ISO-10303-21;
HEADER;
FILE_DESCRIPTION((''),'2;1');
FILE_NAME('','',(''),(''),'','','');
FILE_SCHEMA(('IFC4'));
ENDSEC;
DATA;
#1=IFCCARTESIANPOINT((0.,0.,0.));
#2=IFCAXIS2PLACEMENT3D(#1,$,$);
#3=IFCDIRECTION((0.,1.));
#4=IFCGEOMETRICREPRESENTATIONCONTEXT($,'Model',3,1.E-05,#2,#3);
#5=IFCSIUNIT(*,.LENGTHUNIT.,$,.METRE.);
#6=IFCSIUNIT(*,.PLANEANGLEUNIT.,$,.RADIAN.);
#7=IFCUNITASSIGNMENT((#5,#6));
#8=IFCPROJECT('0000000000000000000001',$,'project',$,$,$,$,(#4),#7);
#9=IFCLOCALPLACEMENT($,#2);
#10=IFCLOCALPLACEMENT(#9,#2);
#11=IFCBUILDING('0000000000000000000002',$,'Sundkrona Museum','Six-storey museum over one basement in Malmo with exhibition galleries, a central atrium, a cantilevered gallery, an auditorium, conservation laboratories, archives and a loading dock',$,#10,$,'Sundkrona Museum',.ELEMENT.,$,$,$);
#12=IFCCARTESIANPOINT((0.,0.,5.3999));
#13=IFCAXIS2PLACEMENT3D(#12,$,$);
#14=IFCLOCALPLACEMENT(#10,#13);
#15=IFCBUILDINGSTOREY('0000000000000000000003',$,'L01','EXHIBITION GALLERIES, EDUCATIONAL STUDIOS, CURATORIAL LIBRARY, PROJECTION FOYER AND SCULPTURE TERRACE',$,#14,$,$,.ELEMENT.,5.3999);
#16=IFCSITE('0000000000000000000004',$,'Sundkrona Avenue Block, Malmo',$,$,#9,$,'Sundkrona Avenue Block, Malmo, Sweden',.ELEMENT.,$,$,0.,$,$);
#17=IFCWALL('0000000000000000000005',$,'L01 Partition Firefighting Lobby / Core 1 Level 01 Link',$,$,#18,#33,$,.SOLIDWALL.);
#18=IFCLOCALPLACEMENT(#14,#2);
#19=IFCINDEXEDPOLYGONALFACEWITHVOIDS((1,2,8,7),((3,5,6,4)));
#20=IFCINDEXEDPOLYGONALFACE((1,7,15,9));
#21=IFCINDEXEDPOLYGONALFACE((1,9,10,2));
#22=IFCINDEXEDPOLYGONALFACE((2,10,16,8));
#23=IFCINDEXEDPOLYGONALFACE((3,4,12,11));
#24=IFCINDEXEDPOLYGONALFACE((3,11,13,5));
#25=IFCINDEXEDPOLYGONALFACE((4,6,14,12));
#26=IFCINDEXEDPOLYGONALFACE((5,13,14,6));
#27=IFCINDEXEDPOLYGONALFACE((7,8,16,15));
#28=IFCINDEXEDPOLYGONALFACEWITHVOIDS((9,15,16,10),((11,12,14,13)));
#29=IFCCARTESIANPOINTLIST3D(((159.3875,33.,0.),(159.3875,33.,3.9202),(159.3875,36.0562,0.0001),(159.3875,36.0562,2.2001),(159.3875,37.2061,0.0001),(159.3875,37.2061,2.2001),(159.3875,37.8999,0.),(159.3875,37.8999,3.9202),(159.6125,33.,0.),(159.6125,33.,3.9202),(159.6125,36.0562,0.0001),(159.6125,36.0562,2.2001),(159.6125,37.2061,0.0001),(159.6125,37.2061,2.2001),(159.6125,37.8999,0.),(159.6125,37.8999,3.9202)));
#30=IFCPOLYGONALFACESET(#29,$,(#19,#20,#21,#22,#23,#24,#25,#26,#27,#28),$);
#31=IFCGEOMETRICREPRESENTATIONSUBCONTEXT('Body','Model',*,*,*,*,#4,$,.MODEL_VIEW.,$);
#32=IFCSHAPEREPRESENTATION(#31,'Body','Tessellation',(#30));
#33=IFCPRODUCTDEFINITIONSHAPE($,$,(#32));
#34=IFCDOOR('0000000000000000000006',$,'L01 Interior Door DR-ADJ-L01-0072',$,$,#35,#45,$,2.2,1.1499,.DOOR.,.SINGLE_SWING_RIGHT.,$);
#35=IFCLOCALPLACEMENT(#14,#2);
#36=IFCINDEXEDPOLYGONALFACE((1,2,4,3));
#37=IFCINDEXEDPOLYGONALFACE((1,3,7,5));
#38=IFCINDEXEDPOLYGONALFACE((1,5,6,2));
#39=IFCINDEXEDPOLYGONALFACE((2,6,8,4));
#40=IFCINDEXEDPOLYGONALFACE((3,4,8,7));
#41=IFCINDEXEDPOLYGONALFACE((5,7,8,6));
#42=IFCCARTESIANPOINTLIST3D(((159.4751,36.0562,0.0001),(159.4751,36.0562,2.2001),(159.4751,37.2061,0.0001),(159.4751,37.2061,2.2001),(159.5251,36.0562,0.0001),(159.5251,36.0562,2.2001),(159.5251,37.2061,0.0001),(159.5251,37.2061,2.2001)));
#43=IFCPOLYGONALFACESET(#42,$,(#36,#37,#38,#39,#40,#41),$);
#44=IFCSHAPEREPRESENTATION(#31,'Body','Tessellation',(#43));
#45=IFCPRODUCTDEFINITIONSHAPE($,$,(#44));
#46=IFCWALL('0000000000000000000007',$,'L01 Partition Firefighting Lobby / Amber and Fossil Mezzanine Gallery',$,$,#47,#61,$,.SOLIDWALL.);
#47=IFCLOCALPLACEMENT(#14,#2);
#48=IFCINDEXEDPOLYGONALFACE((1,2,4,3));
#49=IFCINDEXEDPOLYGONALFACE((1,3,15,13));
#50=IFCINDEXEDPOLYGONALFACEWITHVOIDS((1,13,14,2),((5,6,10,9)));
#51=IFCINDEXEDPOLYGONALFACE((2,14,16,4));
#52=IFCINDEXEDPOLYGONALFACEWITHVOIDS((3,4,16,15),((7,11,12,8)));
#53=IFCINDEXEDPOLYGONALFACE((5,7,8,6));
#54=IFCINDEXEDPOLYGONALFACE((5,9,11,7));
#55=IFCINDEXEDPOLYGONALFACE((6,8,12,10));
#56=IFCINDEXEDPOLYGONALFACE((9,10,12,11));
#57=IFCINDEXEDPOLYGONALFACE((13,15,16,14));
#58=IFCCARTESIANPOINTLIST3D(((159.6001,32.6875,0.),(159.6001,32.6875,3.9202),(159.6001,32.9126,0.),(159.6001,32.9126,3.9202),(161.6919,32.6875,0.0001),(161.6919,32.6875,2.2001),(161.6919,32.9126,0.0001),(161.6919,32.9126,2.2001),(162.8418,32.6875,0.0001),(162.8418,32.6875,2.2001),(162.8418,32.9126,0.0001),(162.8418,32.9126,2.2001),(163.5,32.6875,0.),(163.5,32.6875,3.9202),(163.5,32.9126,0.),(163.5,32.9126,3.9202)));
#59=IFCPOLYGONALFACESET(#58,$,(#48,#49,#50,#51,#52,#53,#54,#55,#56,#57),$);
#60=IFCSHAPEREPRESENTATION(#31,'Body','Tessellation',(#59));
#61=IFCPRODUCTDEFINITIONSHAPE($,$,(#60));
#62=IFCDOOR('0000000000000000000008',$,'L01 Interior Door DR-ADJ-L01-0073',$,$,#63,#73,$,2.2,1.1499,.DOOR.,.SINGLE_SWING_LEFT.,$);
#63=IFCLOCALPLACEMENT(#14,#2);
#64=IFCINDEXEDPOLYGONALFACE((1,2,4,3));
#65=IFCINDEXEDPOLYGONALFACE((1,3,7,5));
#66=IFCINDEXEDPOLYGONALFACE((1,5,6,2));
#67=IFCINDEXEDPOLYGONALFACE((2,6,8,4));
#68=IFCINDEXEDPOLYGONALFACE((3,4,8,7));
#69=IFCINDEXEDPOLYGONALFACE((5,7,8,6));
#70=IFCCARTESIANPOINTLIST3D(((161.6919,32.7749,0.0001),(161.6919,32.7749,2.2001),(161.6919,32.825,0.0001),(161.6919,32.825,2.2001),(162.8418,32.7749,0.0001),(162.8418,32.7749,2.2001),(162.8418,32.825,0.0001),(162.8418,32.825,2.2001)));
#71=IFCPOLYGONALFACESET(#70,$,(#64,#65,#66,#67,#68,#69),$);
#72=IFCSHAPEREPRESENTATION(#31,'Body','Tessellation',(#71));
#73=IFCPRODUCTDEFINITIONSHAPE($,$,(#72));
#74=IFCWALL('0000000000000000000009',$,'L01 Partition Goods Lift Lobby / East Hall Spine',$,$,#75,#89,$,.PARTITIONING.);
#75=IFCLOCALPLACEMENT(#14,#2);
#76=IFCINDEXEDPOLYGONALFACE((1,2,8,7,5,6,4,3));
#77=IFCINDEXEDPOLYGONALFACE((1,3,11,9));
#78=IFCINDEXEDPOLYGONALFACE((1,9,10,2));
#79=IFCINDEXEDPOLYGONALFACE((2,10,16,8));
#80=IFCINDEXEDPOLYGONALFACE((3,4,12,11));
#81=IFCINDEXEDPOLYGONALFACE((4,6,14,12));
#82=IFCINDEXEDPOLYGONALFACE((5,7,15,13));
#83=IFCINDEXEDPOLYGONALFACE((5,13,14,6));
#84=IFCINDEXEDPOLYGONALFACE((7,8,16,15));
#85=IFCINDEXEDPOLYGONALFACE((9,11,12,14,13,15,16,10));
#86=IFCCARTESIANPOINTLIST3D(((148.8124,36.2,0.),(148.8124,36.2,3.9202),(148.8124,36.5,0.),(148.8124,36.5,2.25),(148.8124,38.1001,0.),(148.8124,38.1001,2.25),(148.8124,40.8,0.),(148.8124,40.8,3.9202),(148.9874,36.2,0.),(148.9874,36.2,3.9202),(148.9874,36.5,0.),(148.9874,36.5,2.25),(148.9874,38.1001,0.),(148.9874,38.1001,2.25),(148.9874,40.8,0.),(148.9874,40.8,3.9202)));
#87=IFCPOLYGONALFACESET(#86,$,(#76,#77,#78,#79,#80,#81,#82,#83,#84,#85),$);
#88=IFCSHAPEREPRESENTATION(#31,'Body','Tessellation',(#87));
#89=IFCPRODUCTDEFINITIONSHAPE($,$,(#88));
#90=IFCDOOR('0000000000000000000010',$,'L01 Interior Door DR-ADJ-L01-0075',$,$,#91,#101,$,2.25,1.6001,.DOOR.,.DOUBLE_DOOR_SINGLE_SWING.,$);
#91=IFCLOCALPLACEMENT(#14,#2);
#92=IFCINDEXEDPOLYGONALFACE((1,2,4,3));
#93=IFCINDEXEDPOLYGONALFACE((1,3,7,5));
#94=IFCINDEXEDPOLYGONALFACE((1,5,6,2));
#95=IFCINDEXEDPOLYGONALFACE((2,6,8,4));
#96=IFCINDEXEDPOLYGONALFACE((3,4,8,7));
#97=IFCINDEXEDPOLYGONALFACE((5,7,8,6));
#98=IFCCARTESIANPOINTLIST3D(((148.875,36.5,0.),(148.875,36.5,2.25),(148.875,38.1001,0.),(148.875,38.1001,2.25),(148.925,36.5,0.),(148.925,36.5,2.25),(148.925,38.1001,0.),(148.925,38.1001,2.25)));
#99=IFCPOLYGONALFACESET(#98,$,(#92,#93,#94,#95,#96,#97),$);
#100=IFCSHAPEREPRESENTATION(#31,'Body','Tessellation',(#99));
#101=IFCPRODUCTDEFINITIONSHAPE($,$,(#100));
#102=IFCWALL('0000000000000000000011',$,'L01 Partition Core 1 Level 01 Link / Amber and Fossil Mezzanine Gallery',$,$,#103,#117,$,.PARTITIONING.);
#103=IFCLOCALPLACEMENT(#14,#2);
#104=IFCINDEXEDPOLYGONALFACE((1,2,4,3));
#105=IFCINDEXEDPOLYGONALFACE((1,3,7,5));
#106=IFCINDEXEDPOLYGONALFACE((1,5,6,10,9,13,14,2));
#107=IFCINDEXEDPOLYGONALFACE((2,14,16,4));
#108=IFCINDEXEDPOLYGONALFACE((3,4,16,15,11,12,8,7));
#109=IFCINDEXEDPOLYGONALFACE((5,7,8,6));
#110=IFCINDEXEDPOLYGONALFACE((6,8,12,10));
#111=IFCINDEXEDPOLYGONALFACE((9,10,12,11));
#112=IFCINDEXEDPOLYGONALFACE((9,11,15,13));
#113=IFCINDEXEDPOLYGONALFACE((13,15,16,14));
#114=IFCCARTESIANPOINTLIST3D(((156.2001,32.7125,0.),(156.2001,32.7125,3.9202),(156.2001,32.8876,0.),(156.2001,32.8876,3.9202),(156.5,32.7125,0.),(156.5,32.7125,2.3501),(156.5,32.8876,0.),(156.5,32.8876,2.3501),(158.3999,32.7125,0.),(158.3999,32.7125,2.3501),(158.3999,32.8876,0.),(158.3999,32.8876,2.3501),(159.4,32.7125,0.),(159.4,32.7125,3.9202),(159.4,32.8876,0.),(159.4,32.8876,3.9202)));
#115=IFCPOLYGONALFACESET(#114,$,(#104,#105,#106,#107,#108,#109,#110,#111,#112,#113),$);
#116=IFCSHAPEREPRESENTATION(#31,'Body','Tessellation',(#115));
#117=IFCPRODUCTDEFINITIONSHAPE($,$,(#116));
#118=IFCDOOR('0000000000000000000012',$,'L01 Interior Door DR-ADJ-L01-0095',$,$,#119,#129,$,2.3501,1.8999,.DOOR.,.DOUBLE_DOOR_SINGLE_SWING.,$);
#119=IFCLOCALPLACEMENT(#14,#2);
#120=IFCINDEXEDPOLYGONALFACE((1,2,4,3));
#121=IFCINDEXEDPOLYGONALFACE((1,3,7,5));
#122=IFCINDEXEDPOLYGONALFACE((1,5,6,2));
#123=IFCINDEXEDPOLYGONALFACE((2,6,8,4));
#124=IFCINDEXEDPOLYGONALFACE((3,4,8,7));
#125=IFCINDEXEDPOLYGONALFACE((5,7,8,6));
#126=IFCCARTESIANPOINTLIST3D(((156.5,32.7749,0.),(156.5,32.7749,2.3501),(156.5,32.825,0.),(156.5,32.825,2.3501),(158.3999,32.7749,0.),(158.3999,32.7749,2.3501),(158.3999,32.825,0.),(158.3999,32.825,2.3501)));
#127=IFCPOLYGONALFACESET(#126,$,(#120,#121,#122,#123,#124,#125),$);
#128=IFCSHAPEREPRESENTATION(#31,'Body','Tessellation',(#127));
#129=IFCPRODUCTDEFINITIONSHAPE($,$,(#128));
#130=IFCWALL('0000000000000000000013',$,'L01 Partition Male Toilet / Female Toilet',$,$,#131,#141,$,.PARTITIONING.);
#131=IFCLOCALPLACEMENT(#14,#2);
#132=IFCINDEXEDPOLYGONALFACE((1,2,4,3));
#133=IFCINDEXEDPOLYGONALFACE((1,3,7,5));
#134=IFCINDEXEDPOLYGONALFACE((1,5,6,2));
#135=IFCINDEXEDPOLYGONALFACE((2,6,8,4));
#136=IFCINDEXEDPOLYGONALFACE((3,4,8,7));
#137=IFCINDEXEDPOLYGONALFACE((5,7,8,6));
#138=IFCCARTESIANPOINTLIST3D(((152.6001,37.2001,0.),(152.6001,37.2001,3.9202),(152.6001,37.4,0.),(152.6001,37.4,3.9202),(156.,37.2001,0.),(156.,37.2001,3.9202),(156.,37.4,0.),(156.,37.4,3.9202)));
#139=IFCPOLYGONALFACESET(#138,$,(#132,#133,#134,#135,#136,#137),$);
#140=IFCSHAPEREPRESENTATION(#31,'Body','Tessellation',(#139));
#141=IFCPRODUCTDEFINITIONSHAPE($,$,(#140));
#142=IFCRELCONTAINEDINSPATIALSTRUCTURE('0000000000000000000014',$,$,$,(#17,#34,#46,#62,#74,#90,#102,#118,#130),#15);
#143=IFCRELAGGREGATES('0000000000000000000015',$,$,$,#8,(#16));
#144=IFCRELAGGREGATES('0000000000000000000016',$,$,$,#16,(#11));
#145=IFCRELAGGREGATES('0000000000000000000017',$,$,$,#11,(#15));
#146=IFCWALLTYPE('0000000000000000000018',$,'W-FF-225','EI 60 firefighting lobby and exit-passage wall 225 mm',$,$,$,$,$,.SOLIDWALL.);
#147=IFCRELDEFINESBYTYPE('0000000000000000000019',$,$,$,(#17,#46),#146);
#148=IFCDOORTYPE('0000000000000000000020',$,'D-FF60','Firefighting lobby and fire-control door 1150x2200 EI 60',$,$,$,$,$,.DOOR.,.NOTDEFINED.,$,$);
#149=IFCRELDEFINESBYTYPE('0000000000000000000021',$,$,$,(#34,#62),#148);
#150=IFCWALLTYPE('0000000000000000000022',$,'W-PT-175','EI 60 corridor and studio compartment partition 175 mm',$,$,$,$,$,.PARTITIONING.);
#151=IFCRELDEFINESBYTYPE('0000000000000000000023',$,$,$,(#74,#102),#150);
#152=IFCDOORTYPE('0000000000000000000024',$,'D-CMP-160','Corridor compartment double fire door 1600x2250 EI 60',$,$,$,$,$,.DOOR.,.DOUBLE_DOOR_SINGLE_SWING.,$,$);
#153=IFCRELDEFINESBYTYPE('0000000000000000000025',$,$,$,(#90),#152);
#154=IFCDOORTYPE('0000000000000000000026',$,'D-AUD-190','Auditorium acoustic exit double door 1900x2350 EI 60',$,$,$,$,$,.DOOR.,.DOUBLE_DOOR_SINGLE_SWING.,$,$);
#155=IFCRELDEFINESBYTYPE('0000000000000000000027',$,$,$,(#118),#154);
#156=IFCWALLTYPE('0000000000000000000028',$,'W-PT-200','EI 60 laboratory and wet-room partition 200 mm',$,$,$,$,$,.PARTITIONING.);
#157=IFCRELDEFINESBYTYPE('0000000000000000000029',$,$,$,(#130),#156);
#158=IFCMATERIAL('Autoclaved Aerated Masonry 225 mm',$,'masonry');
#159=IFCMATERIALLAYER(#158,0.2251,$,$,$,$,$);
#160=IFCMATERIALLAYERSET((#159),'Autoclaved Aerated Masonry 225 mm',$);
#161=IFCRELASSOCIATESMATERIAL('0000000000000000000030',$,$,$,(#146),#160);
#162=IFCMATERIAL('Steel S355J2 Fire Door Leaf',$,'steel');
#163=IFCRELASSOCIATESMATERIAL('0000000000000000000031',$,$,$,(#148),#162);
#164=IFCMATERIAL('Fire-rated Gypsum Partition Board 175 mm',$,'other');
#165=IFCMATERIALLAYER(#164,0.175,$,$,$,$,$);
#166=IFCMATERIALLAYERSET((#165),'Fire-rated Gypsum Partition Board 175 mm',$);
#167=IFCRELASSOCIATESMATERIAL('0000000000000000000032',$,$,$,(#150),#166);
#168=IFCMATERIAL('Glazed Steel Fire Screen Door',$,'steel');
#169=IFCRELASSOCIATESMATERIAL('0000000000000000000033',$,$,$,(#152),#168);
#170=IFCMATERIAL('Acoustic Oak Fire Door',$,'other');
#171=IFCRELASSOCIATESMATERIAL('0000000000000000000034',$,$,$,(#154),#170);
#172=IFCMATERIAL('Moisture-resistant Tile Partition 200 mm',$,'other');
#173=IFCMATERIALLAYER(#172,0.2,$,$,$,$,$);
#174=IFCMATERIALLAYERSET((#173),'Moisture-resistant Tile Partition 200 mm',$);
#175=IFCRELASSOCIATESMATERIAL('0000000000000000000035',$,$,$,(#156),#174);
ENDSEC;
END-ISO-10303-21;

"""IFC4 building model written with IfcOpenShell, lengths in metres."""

from ifc_helpers import new_model, si_unit, direction, frame, frame_2d, origin, place, context, subcontext, project, spatial, rectangle, extrude, material, layer, layer_set, type_object, element, fill, save


model = new_model("IFC4")

# Units and contexts
model_context = context("Model", 3, precision=1e-05, world=origin(), true_north=direction((0.0, 1.0)))
body_context = subcontext(model_context, "Body", "Model", "MODEL_VIEW")
ifc_project = project(units=[si_unit("LENGTHUNIT", "METRE"), si_unit("PLANEANGLEUNIT", "RADIAN")], contexts=[model_context])

# Site, building, storey
site_placement = place(None, origin())
site = spatial("IfcSite", under=ifc_project, at=site_placement, Name="Sundkrona Avenue Block, Malmo", LongName="Sundkrona Avenue Block, Malmo, Sweden", CompositionType="ELEMENT", RefElevation=0.0)
building_placement = place(site_placement, origin())
building = spatial("IfcBuilding", under=site, at=building_placement, Name="Sundkrona Museum", Description="Six-storey museum over one basement in Malmo with exhibition galleries, a central atrium, a cantilevered gallery, an auditorium, conservation laboratories, archives and a loading dock", LongName="Sundkrona Museum", CompositionType="ELEMENT")
storey_placement = place(building_placement, frame((0.0, 0.0, 5.3999)))
storey = spatial("IfcBuildingStorey", under=building, at=storey_placement, Name="L01", Description="EXHIBITION GALLERIES, EDUCATIONAL STUDIOS, CURATORIAL LIBRARY, PROJECTION FOYER AND SCULPTURE TERRACE", CompositionType="ELEMENT", Elevation=5.3999)

# Shared definitions
ifc_material_1 = material(Name="Steel S355J2 Fire Door Leaf", Category="steel")

# Walls, openings, doors
ifc_material_2 = material(Name="Autoclaved Aerated Masonry 225 mm", Category="masonry")
ifc_layer_1 = layer(ifc_material_2, 0.2251)
ifc_layer_set_1 = layer_set([ifc_layer_1], Name="Autoclaved Aerated Masonry 225 mm")
wall_type_1 = type_object("IfcWallType", Name="W-FF-225", Description="EI 60 firefighting lobby and exit-passage wall 225 mm", PredefinedType="SOLIDWALL", material=ifc_layer_set_1)
wall_1_placement = place(storey_placement, frame((159.5, 33.0, 0.0), z_axis=(0.0, 0.0, 1.0), x_axis=(0.0, 1.0, 0.0)))
wall_1 = element("IfcWall", 1, at=wall_1_placement, inside=storey, type_object=wall_type_1, Name="L01 Partition Firefighting Lobby / Core 1 Level 01 Link", PredefinedType="SOLIDWALL", context=body_context, shape_type="SweptSolid", body=[
    extrude(rectangle(XDim=4.8999, YDim=0.2251, at=frame_2d((2.45, 0.0))), origin(), (0.0, 0.0, 1.0), 3.9202),
])
opening_1_placement = place(wall_1_placement, frame((3.0562, 0.0, 0.0)))
opening_1 = element("IfcOpeningElement", 2, at=opening_1_placement, cuts=wall_1, PredefinedType="OPENING", context=body_context, shape_type="SweptSolid", body=[
    extrude(rectangle(XDim=1.1499, YDim=2.2, at=frame_2d((0.575, 1.1001))), frame((0.0, 0.1226, 0.0), z_axis=(0.0, -1.0, 0.0), x_axis=(1.0, 0.0, 0.0)), (0.0, 0.0, 1.0), 0.2451),
])
door_type_1 = type_object("IfcDoorType", Name="D-FF60", Description="Firefighting lobby and fire-control door 1150x2200 EI 60", OperationType="NOTDEFINED", PredefinedType="DOOR", material=ifc_material_1)
door_1_placement = place(opening_1_placement, origin())
door_1 = element("IfcDoor", 3, at=door_1_placement, inside=storey, type_object=door_type_1, Name="L01 Interior Door DR-ADJ-L01-0072", OperationType="SINGLE_SWING_RIGHT", OverallHeight=2.2, OverallWidth=1.1499, PredefinedType="DOOR", context=body_context, shape_type="SweptSolid", body=[
    extrude(rectangle(XDim=1.1499, YDim=2.2, at=frame_2d((0.575, 1.1001))), frame((0.0, 0.0249, 0.0), z_axis=(0.0, -1.0, 0.0), x_axis=(1.0, 0.0, 0.0)), (0.0, 0.0, 1.0), 0.05),
])
fill(opening_1, door_1)
wall_2_placement = place(storey_placement, frame((159.6001, 32.8, 0.0), z_axis=(0.0, 0.0, 1.0), x_axis=(1.0, 0.0, 0.0)))
wall_2 = element("IfcWall", 4, at=wall_2_placement, inside=storey, type_object=wall_type_1, Name="L01 Partition Firefighting Lobby / Amber and Fossil Mezzanine Gallery", PredefinedType="SOLIDWALL", context=body_context, shape_type="SweptSolid", body=[
    extrude(rectangle(XDim=3.8999, YDim=0.2251, at=frame_2d((1.95, 0.0))), origin(), (0.0, 0.0, 1.0), 3.9202),
])
opening_2_placement = place(wall_2_placement, frame((2.0918, 0.0, 0.0)))
opening_2 = element("IfcOpeningElement", 5, at=opening_2_placement, cuts=wall_2, PredefinedType="OPENING", context=body_context, shape_type="SweptSolid", body=[
    extrude(rectangle(XDim=1.1499, YDim=2.2, at=frame_2d((0.575, 1.1001))), frame((0.0, 0.1226, 0.0), z_axis=(0.0, -1.0, 0.0), x_axis=(1.0, 0.0, 0.0)), (0.0, 0.0, 1.0), 0.2451),
])
door_2_placement = place(opening_2_placement, origin())
door_2 = element("IfcDoor", 6, at=door_2_placement, inside=storey, type_object=door_type_1, Name="L01 Interior Door DR-ADJ-L01-0073", OperationType="SINGLE_SWING_LEFT", OverallHeight=2.2, OverallWidth=1.1499, PredefinedType="DOOR", context=body_context, shape_type="SweptSolid", body=[
    extrude(rectangle(XDim=1.1499, YDim=2.2, at=frame_2d((0.575, 1.1001))), frame((0.0, 0.0249, 0.0), z_axis=(0.0, -1.0, 0.0), x_axis=(1.0, 0.0, 0.0)), (0.0, 0.0, 1.0), 0.05),
])
fill(opening_2, door_2)
ifc_material_3 = material(Name="Fire-rated Gypsum Partition Board 175 mm", Category="other")
ifc_layer_2 = layer(ifc_material_3, 0.175)
ifc_layer_set_2 = layer_set([ifc_layer_2], Name="Fire-rated Gypsum Partition Board 175 mm")
wall_type_2 = type_object("IfcWallType", Name="W-PT-175", Description="EI 60 corridor and studio compartment partition 175 mm", PredefinedType="PARTITIONING", material=ifc_layer_set_2)
wall_3_placement = place(storey_placement, frame((148.8999, 36.2, 0.0), z_axis=(0.0, 0.0, 1.0), x_axis=(0.0, 1.0, 0.0)))
wall_3 = element("IfcWall", 7, at=wall_3_placement, inside=storey, type_object=wall_type_2, Name="L01 Partition Goods Lift Lobby / East Hall Spine", PredefinedType="PARTITIONING", context=body_context, shape_type="SweptSolid", body=[
    extrude(rectangle(XDim=4.6001, YDim=0.175, at=frame_2d((2.3, 0.0))), origin(), (0.0, 0.0, 1.0), 3.9202),
])
opening_3_placement = place(wall_3_placement, frame((0.3, 0.0, 0.0)))
opening_3 = element("IfcOpeningElement", 8, at=opening_3_placement, cuts=wall_3, PredefinedType="OPENING", context=body_context, shape_type="SweptSolid", body=[
    extrude(rectangle(XDim=1.6001, YDim=2.25, at=frame_2d((0.8, 1.125))), frame((0.0, 0.0974, 0.0), z_axis=(0.0, -1.0, 0.0), x_axis=(1.0, 0.0, 0.0)), (0.0, 0.0, 1.0), 0.1951),
])
ifc_material_4 = material(Name="Glazed Steel Fire Screen Door", Category="steel")
door_type_2 = type_object("IfcDoorType", Name="D-CMP-160", Description="Corridor compartment double fire door 1600x2250 EI 60", OperationType="DOUBLE_DOOR_SINGLE_SWING", PredefinedType="DOOR", material=ifc_material_4)
door_3_placement = place(opening_3_placement, origin())
door_3 = element("IfcDoor", 9, at=door_3_placement, inside=storey, type_object=door_type_2, Name="L01 Interior Door DR-ADJ-L01-0075", OperationType="DOUBLE_DOOR_SINGLE_SWING", OverallHeight=2.25, OverallWidth=1.6001, PredefinedType="DOOR", context=body_context, shape_type="SweptSolid", body=[
    extrude(rectangle(XDim=1.6001, YDim=2.25, at=frame_2d((0.8, 1.125))), frame((0.0, 0.0249, 0.0), z_axis=(0.0, -1.0, 0.0), x_axis=(1.0, 0.0, 0.0)), (0.0, 0.0, 1.0), 0.05),
])
fill(opening_3, door_3)
wall_4_placement = place(storey_placement, frame((156.2, 32.8, 0.0), z_axis=(0.0, 0.0, 1.0), x_axis=(1.0, 0.0, 0.0)))
wall_4 = element("IfcWall", 10, at=wall_4_placement, inside=storey, type_object=wall_type_2, Name="L01 Partition Core 1 Level 01 Link / Amber and Fossil Mezzanine Gallery", PredefinedType="PARTITIONING", context=body_context, shape_type="SweptSolid", body=[
    extrude(rectangle(XDim=3.2, YDim=0.175, at=frame_2d((1.6001, 0.0))), origin(), (0.0, 0.0, 1.0), 3.9202),
])
opening_4_placement = place(wall_4_placement, frame((0.3, 0.0, 0.0)))
opening_4 = element("IfcOpeningElement", 11, at=opening_4_placement, cuts=wall_4, PredefinedType="OPENING", context=body_context, shape_type="SweptSolid", body=[
    extrude(rectangle(XDim=1.8999, YDim=2.3501, at=frame_2d((0.95, 1.175))), frame((0.0, 0.0974, 0.0), z_axis=(0.0, -1.0, 0.0), x_axis=(1.0, 0.0, 0.0)), (0.0, 0.0, 1.0), 0.1951),
])
ifc_material_5 = material(Name="Acoustic Oak Fire Door", Category="other")
door_type_3 = type_object("IfcDoorType", Name="D-AUD-190", Description="Auditorium acoustic exit double door 1900x2350 EI 60", OperationType="DOUBLE_DOOR_SINGLE_SWING", PredefinedType="DOOR", material=ifc_material_5)
door_4_placement = place(opening_4_placement, origin())
door_4 = element("IfcDoor", 12, at=door_4_placement, inside=storey, type_object=door_type_3, Name="L01 Interior Door DR-ADJ-L01-0095", OperationType="DOUBLE_DOOR_SINGLE_SWING", OverallHeight=2.3501, OverallWidth=1.8999, PredefinedType="DOOR", context=body_context, shape_type="SweptSolid", body=[
    extrude(rectangle(XDim=1.8999, YDim=2.3501, at=frame_2d((0.95, 1.175))), frame((0.0, 0.0249, 0.0), z_axis=(0.0, -1.0, 0.0), x_axis=(1.0, 0.0, 0.0)), (0.0, 0.0, 1.0), 0.05),
])
fill(opening_4, door_4)

# Wall
ifc_material_6 = material(Name="Moisture-resistant Tile Partition 200 mm", Category="other")
ifc_layer_3 = layer(ifc_material_6, 0.2)
ifc_layer_set_3 = layer_set([ifc_layer_3], Name="Moisture-resistant Tile Partition 200 mm")
wall_type_3 = type_object("IfcWallType", Name="W-PT-200", Description="EI 60 laboratory and wet-room partition 200 mm", PredefinedType="PARTITIONING", material=ifc_layer_set_3)
wall_5_placement = place(storey_placement, frame((152.6001, 37.3, 0.0), z_axis=(0.0, 0.0, 1.0), x_axis=(1.0, 0.0, 0.0)))
element("IfcWall", 13, at=wall_5_placement, inside=storey, type_object=wall_type_3, Name="L01 Partition Male Toilet / Female Toilet", PredefinedType="PARTITIONING", context=body_context, shape_type="SweptSolid", body=[
    extrude(rectangle(XDim=3.3999, YDim=0.2, at=frame_2d((1.7, 0.0))), origin(), (0.0, 0.0, 1.0), 3.9202),
])

save(model, "model.ifc")
